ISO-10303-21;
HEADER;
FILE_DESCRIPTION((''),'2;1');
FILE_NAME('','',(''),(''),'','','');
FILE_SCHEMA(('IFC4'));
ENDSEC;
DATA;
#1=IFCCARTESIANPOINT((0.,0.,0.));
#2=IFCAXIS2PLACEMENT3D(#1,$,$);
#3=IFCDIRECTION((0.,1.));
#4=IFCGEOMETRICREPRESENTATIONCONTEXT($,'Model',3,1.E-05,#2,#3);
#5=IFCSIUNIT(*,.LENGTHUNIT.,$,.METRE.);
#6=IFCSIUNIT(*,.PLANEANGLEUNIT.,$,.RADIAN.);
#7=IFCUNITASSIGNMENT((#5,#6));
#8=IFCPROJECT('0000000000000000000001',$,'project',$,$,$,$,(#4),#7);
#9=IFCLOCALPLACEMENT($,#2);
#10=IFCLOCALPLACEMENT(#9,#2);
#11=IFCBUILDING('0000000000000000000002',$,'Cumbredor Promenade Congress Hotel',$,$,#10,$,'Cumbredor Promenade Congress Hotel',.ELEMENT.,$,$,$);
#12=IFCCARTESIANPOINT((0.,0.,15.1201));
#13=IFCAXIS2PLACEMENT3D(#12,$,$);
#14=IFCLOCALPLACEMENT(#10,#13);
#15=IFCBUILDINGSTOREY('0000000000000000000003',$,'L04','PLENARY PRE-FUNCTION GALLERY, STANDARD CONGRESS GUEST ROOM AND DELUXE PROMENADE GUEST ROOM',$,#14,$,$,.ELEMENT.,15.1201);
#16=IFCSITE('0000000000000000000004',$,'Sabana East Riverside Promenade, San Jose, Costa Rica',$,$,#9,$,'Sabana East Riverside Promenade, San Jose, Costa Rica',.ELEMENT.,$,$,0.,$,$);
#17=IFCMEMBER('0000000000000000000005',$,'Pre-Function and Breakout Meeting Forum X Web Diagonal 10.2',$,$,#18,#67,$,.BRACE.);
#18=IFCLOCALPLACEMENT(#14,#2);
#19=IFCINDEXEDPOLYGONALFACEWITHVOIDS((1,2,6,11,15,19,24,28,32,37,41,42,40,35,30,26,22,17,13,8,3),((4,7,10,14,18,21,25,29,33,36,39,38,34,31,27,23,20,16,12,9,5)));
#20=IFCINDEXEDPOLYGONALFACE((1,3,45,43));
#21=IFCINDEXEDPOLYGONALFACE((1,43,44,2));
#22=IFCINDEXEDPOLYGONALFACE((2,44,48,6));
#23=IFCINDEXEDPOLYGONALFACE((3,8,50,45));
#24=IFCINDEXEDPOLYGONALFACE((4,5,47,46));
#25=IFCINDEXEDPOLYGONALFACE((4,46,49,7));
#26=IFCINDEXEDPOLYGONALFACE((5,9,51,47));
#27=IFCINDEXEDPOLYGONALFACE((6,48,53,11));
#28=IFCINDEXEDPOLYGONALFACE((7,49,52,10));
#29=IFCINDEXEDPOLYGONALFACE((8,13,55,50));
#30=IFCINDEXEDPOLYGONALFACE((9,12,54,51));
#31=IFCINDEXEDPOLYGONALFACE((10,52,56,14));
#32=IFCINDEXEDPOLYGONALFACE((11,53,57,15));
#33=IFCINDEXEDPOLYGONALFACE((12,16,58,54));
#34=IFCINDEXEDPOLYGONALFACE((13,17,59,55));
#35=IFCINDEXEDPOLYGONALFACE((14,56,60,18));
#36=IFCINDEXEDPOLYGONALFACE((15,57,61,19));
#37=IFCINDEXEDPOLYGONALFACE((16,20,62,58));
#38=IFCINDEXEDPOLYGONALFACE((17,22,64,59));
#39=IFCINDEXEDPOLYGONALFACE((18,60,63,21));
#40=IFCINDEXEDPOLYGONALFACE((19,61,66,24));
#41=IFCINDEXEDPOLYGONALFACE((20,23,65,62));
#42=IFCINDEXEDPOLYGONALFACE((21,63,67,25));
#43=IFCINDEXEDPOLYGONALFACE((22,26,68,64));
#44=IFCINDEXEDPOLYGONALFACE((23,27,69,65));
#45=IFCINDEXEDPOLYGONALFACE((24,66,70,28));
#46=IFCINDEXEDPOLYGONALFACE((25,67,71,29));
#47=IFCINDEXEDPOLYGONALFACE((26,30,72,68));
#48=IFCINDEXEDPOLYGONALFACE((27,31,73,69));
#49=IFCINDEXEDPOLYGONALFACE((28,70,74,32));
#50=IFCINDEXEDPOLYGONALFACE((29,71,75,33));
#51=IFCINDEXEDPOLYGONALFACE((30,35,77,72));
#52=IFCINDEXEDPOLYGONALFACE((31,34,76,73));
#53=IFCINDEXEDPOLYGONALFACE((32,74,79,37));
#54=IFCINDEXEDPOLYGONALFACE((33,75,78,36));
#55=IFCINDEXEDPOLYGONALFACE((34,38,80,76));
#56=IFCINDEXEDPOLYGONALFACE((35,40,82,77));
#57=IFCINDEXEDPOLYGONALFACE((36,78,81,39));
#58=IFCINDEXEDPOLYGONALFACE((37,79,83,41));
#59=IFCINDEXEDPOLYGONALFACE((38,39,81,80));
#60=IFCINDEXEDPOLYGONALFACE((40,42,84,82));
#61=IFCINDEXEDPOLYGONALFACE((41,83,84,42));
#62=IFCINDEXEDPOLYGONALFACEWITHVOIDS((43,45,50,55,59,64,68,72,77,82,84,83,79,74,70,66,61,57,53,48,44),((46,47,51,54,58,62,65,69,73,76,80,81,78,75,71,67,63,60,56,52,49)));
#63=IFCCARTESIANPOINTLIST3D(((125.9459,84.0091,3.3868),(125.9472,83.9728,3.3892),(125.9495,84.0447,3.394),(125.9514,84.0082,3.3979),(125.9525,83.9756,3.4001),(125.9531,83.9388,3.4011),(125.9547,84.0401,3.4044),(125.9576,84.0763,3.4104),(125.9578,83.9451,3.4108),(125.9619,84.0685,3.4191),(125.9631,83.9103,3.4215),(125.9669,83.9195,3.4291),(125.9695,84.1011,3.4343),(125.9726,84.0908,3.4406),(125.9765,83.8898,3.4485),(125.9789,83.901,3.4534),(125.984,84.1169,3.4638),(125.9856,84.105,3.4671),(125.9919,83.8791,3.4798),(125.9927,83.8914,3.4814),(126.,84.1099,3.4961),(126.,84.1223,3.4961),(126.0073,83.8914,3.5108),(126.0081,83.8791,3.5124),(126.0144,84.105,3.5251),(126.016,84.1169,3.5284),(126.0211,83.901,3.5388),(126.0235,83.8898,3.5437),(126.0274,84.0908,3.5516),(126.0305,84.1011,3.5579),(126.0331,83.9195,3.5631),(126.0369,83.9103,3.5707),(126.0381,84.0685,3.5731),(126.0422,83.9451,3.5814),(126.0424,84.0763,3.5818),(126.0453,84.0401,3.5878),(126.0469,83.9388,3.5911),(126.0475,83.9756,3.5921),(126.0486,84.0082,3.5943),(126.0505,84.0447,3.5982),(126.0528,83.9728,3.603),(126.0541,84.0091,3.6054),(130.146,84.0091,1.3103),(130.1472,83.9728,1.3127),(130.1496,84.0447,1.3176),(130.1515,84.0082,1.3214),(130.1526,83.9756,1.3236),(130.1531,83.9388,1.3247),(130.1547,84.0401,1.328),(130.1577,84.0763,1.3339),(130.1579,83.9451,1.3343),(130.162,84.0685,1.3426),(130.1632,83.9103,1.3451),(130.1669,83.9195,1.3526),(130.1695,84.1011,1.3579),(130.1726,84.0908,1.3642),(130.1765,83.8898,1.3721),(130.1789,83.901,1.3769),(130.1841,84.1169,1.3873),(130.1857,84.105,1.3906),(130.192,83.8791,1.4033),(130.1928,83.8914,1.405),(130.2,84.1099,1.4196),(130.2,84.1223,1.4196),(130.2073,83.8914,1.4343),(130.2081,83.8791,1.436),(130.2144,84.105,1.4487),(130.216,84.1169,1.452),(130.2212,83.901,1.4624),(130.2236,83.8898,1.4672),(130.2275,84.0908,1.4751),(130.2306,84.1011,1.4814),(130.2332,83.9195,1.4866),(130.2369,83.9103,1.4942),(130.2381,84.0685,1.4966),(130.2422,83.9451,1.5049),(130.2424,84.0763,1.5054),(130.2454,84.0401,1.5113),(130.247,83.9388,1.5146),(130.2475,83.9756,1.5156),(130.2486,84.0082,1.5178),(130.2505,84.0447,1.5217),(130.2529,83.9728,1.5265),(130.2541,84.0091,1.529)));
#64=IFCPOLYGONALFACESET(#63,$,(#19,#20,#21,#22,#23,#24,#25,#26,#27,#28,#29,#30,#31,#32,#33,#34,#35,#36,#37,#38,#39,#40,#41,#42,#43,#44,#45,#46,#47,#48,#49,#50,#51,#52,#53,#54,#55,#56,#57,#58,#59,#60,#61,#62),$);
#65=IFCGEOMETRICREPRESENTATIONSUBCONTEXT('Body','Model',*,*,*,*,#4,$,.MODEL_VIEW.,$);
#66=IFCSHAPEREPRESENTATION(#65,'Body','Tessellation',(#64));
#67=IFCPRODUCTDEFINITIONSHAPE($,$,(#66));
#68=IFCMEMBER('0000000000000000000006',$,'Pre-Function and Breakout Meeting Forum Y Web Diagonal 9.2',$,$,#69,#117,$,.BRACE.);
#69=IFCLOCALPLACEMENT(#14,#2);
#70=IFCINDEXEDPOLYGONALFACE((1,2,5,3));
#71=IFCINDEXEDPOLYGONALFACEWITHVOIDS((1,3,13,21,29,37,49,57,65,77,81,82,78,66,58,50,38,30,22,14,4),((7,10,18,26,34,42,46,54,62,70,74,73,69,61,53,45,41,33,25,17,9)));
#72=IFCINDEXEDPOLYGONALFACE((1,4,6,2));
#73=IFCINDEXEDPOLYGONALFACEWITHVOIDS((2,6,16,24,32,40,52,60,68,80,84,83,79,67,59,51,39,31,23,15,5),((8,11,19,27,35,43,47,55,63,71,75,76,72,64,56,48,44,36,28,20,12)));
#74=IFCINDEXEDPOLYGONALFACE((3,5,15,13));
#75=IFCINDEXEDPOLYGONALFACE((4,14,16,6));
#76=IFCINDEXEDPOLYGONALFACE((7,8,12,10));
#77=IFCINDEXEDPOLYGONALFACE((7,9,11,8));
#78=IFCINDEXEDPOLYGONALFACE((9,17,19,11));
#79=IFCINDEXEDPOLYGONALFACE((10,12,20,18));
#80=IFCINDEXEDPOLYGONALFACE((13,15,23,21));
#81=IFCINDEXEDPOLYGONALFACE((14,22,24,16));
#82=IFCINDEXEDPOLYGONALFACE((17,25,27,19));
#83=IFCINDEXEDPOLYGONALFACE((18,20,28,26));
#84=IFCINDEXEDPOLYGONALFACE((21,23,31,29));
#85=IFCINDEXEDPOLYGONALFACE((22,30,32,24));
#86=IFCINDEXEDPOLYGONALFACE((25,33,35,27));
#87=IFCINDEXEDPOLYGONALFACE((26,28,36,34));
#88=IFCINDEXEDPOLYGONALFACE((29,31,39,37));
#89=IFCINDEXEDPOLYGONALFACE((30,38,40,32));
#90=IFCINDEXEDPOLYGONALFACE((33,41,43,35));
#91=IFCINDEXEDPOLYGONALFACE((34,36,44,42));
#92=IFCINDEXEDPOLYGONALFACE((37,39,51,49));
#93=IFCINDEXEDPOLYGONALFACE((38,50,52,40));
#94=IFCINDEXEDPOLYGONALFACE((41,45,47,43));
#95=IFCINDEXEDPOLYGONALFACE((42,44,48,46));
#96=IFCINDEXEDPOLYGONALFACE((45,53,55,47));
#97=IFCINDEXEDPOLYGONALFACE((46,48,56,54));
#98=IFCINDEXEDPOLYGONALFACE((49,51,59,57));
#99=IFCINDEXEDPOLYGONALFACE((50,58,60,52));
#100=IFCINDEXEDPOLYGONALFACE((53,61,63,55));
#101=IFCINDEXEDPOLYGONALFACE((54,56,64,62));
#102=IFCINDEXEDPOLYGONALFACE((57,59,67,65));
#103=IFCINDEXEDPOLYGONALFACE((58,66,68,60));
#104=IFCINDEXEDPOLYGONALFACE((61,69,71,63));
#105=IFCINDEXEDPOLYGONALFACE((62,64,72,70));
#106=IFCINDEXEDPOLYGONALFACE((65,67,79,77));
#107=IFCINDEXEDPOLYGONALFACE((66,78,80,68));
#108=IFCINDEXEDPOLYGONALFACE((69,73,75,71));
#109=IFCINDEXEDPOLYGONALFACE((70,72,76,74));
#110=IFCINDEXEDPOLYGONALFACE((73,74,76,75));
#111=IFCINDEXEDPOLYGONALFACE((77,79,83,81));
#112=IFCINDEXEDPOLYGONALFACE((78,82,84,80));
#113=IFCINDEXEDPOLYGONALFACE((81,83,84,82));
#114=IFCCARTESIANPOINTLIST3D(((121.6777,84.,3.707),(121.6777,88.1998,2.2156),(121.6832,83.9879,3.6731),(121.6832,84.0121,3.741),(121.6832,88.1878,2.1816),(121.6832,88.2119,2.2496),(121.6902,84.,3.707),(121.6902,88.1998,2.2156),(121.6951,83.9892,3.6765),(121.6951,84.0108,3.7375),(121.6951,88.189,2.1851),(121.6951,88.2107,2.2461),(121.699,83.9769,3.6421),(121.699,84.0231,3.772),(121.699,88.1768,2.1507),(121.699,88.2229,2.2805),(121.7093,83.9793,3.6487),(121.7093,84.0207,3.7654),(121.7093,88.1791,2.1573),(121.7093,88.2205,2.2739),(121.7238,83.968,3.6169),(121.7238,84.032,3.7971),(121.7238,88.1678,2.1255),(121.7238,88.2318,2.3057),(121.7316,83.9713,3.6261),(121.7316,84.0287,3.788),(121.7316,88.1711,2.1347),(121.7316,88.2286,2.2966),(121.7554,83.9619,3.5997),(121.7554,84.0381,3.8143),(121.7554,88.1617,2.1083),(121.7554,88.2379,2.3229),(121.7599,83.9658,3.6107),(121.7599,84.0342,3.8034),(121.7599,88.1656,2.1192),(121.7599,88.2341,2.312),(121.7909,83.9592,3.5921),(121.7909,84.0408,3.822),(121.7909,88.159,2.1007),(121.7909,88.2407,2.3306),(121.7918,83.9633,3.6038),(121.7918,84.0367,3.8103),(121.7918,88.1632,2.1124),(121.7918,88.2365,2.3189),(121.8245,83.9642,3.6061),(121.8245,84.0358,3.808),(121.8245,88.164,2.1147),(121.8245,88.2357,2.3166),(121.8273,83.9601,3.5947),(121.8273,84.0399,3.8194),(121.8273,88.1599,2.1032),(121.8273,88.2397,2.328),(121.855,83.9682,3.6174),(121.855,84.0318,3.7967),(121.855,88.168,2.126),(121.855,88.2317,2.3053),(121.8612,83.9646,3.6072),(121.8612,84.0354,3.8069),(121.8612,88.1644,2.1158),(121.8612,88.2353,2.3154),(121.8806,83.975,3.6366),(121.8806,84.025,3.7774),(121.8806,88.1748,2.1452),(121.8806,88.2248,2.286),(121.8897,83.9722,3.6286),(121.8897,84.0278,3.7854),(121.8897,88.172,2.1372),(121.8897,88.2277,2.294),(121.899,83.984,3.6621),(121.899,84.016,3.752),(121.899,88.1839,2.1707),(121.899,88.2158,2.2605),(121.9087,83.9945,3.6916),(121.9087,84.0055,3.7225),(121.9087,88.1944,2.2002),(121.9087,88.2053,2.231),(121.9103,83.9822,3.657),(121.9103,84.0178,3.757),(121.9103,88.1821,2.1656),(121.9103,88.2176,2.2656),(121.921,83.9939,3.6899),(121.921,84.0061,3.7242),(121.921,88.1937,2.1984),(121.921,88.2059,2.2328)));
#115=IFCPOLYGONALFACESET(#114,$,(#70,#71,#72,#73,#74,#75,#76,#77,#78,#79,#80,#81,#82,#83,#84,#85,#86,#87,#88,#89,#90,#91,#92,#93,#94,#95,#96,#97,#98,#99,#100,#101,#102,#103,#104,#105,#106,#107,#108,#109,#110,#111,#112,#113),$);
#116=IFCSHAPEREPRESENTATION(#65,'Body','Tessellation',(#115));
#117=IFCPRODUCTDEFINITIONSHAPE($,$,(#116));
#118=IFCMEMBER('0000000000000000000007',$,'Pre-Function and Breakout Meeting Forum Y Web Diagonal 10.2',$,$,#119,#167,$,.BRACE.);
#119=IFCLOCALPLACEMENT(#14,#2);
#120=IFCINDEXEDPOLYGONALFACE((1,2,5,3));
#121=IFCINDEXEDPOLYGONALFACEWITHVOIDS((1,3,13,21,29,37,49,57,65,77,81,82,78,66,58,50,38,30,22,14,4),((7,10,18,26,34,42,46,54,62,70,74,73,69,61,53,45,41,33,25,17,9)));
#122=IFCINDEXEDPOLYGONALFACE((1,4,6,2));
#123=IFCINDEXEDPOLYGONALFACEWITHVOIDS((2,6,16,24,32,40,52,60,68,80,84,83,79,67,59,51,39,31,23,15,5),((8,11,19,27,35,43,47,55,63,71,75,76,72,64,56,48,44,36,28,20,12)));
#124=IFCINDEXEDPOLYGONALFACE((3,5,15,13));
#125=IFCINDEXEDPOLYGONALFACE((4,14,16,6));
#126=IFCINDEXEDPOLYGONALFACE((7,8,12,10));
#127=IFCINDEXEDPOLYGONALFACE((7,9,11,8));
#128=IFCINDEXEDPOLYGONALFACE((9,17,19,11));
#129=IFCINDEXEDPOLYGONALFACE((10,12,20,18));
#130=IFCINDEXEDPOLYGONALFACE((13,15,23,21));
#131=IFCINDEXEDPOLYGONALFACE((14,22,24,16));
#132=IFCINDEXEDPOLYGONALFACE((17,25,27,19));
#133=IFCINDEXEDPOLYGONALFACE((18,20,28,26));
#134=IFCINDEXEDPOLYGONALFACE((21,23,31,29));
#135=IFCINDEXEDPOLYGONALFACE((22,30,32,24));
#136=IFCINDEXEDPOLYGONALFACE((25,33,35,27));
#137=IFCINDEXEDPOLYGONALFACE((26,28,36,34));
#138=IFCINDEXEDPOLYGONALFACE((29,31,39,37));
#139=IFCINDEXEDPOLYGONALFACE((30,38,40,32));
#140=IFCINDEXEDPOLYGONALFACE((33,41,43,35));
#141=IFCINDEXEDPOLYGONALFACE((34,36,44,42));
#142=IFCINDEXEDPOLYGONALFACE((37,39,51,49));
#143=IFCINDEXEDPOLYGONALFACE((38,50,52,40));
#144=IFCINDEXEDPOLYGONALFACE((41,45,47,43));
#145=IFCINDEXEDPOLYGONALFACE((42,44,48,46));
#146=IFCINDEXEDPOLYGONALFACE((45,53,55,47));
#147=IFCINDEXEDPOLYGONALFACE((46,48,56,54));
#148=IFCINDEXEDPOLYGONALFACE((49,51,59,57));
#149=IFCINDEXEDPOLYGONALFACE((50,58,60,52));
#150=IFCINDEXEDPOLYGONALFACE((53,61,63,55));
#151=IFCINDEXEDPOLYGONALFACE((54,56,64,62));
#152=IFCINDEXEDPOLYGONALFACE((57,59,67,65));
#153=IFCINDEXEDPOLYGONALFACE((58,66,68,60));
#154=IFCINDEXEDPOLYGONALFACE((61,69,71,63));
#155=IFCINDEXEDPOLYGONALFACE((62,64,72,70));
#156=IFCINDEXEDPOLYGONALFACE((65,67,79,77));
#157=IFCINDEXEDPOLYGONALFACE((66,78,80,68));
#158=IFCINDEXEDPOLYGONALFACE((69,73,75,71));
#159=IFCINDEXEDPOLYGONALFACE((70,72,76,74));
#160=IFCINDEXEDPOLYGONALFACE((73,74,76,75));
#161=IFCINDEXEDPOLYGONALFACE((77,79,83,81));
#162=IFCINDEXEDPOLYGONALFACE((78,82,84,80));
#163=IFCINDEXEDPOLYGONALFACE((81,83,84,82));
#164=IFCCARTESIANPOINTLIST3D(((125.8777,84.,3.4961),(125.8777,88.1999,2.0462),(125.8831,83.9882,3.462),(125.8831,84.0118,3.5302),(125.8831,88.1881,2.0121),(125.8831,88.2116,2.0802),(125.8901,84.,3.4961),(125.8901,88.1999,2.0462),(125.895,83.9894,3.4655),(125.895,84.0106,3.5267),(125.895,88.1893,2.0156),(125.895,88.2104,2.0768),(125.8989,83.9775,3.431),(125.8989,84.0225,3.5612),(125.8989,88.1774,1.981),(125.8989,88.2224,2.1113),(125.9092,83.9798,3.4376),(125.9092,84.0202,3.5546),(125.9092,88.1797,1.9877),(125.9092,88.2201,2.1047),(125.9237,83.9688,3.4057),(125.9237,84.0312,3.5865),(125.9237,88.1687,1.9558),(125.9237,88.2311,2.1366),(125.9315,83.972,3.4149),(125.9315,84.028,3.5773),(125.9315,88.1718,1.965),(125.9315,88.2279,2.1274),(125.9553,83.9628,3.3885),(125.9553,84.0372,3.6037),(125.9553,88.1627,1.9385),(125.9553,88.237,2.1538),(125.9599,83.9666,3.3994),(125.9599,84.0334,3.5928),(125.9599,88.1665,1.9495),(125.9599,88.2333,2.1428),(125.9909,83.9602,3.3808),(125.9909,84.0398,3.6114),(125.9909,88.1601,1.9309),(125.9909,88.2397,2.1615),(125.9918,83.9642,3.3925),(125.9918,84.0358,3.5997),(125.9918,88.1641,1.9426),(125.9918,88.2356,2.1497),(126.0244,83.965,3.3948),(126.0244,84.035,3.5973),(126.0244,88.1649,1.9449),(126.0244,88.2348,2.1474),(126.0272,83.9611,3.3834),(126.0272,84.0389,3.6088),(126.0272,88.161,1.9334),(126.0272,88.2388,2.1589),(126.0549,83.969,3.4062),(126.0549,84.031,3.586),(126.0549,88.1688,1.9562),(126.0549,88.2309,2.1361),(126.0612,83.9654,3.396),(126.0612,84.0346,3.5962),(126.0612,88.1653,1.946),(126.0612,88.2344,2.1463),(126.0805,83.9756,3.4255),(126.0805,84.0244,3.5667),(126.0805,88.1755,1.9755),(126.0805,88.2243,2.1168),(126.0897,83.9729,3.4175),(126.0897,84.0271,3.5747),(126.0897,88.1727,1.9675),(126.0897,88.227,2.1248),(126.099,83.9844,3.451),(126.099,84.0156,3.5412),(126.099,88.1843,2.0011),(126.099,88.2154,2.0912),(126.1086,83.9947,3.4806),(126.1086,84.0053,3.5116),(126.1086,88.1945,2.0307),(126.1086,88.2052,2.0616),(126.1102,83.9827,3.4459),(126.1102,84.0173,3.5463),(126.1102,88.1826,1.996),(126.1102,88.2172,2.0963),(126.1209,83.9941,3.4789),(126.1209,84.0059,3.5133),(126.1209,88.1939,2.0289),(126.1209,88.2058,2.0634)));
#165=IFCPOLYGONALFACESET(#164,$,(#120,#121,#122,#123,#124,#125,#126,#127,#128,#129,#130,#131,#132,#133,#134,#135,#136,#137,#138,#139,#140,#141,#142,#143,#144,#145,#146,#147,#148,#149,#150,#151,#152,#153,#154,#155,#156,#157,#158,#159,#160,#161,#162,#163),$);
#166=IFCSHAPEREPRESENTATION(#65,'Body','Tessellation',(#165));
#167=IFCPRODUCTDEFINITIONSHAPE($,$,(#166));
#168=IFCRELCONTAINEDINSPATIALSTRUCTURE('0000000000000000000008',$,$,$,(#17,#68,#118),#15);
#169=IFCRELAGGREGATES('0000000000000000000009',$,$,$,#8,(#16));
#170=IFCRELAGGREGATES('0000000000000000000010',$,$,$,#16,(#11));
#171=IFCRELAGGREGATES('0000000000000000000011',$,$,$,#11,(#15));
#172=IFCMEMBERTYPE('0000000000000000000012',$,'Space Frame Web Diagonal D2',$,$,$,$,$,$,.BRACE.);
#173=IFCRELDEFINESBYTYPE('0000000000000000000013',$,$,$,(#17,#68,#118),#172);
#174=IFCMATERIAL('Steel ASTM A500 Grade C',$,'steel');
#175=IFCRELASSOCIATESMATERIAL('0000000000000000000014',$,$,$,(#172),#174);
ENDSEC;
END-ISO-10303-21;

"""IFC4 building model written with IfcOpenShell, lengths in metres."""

from ifc_helpers import new_model, si_unit, direction, frame, origin, origin_2d, place, context, subcontext, project, spatial, hollow_circle, extrude, material, material_profile, profile_set, type_object, element, save


model = new_model("IFC4")

# Units and contexts
model_context = context("Model", 3, precision=1e-05, world=origin(), true_north=direction((0.0, 1.0)))
body_context = subcontext(model_context, "Body", "Model", "MODEL_VIEW")
ifc_project = project(units=[si_unit("LENGTHUNIT", "METRE"), si_unit("PLANEANGLEUNIT", "RADIAN")], contexts=[model_context])

# Site, building, storey
site_placement = place(None, origin())
site = spatial("IfcSite", under=ifc_project, at=site_placement, Name="Sabana East Riverside Promenade, San Jose, Costa Rica", LongName="Sabana East Riverside Promenade, San Jose, Costa Rica", CompositionType="ELEMENT", RefElevation=0.0)
building_placement = place(site_placement, origin())
building = spatial("IfcBuilding", under=site, at=building_placement, Name="Cumbredor Promenade Congress Hotel", LongName="Cumbredor Promenade Congress Hotel", CompositionType="ELEMENT")
storey_placement = place(building_placement, frame((0.0, 0.0, 15.1201)))
storey = spatial("IfcBuildingStorey", under=building, at=storey_placement, Name="L04", Description="PLENARY PRE-FUNCTION GALLERY, STANDARD CONGRESS GUEST ROOM AND DELUXE PROMENADE GUEST ROOM", CompositionType="ELEMENT", Elevation=15.1201)

# Members
ifc_material_1 = material(Name="Steel ASTM A500 Grade C", Category="steel")
ifc_material_profile_1 = material_profile(ifc_material_1, hollow_circle(Radius=0.1223, WallThickness=0.0125, at=origin_2d()), Name="CHS 244.5x12.5")
ifc_profile_set_1 = profile_set([ifc_material_profile_1], Name="Steel ASTM A500 Grade C")
member_type_1 = type_object("IfcMemberType", Name="Space Frame Web Diagonal D2", PredefinedType="BRACE", material=ifc_profile_set_1)
member_1_placement = place(storey_placement, frame((126.0, 84.0, 3.4961), z_axis=(0.89643, 0.0, -0.443186), x_axis=(0.0, 1.0, 0.0)))
element("IfcMember", 1, at=member_1_placement, inside=storey, type_object=member_type_1, Name="Pre-Function and Breakout Meeting Forum X Web Diagonal 10.2", PredefinedType="BRACE", context=body_context, shape_type="SweptSolid", body=[
    extrude(hollow_circle(Radius=0.1223, WallThickness=0.0125, at=origin_2d()), origin(), (0.0, 0.0, 1.0), 4.6853),
])
member_2_placement = place(storey_placement, frame((121.8, 84.0, 3.707), z_axis=(0.0, 0.942346, -0.334639), x_axis=(-1.0, 0.0, 0.0)))
element("IfcMember", 2, at=member_2_placement, inside=storey, type_object=member_type_1, Name="Pre-Function and Breakout Meeting Forum Y Web Diagonal 9.2", PredefinedType="BRACE", context=body_context, shape_type="SweptSolid", body=[
    extrude(hollow_circle(Radius=0.1223, WallThickness=0.0125, at=origin_2d()), origin(), (0.0, 0.0, 1.0), 4.4568),
])
member_3_placement = place(storey_placement, frame((126.0, 84.0, 3.4961), z_axis=(0.0, 0.945256, -0.326331), x_axis=(-1.0, 0.0, 0.0)))
element("IfcMember", 3, at=member_3_placement, inside=storey, type_object=member_type_1, Name="Pre-Function and Breakout Meeting Forum Y Web Diagonal 10.2", PredefinedType="BRACE", context=body_context, shape_type="SweptSolid", body=[
    extrude(hollow_circle(Radius=0.1223, WallThickness=0.0125, at=origin_2d()), origin(), (0.0, 0.0, 1.0), 4.4431),
])

save(model, "model.ifc")
